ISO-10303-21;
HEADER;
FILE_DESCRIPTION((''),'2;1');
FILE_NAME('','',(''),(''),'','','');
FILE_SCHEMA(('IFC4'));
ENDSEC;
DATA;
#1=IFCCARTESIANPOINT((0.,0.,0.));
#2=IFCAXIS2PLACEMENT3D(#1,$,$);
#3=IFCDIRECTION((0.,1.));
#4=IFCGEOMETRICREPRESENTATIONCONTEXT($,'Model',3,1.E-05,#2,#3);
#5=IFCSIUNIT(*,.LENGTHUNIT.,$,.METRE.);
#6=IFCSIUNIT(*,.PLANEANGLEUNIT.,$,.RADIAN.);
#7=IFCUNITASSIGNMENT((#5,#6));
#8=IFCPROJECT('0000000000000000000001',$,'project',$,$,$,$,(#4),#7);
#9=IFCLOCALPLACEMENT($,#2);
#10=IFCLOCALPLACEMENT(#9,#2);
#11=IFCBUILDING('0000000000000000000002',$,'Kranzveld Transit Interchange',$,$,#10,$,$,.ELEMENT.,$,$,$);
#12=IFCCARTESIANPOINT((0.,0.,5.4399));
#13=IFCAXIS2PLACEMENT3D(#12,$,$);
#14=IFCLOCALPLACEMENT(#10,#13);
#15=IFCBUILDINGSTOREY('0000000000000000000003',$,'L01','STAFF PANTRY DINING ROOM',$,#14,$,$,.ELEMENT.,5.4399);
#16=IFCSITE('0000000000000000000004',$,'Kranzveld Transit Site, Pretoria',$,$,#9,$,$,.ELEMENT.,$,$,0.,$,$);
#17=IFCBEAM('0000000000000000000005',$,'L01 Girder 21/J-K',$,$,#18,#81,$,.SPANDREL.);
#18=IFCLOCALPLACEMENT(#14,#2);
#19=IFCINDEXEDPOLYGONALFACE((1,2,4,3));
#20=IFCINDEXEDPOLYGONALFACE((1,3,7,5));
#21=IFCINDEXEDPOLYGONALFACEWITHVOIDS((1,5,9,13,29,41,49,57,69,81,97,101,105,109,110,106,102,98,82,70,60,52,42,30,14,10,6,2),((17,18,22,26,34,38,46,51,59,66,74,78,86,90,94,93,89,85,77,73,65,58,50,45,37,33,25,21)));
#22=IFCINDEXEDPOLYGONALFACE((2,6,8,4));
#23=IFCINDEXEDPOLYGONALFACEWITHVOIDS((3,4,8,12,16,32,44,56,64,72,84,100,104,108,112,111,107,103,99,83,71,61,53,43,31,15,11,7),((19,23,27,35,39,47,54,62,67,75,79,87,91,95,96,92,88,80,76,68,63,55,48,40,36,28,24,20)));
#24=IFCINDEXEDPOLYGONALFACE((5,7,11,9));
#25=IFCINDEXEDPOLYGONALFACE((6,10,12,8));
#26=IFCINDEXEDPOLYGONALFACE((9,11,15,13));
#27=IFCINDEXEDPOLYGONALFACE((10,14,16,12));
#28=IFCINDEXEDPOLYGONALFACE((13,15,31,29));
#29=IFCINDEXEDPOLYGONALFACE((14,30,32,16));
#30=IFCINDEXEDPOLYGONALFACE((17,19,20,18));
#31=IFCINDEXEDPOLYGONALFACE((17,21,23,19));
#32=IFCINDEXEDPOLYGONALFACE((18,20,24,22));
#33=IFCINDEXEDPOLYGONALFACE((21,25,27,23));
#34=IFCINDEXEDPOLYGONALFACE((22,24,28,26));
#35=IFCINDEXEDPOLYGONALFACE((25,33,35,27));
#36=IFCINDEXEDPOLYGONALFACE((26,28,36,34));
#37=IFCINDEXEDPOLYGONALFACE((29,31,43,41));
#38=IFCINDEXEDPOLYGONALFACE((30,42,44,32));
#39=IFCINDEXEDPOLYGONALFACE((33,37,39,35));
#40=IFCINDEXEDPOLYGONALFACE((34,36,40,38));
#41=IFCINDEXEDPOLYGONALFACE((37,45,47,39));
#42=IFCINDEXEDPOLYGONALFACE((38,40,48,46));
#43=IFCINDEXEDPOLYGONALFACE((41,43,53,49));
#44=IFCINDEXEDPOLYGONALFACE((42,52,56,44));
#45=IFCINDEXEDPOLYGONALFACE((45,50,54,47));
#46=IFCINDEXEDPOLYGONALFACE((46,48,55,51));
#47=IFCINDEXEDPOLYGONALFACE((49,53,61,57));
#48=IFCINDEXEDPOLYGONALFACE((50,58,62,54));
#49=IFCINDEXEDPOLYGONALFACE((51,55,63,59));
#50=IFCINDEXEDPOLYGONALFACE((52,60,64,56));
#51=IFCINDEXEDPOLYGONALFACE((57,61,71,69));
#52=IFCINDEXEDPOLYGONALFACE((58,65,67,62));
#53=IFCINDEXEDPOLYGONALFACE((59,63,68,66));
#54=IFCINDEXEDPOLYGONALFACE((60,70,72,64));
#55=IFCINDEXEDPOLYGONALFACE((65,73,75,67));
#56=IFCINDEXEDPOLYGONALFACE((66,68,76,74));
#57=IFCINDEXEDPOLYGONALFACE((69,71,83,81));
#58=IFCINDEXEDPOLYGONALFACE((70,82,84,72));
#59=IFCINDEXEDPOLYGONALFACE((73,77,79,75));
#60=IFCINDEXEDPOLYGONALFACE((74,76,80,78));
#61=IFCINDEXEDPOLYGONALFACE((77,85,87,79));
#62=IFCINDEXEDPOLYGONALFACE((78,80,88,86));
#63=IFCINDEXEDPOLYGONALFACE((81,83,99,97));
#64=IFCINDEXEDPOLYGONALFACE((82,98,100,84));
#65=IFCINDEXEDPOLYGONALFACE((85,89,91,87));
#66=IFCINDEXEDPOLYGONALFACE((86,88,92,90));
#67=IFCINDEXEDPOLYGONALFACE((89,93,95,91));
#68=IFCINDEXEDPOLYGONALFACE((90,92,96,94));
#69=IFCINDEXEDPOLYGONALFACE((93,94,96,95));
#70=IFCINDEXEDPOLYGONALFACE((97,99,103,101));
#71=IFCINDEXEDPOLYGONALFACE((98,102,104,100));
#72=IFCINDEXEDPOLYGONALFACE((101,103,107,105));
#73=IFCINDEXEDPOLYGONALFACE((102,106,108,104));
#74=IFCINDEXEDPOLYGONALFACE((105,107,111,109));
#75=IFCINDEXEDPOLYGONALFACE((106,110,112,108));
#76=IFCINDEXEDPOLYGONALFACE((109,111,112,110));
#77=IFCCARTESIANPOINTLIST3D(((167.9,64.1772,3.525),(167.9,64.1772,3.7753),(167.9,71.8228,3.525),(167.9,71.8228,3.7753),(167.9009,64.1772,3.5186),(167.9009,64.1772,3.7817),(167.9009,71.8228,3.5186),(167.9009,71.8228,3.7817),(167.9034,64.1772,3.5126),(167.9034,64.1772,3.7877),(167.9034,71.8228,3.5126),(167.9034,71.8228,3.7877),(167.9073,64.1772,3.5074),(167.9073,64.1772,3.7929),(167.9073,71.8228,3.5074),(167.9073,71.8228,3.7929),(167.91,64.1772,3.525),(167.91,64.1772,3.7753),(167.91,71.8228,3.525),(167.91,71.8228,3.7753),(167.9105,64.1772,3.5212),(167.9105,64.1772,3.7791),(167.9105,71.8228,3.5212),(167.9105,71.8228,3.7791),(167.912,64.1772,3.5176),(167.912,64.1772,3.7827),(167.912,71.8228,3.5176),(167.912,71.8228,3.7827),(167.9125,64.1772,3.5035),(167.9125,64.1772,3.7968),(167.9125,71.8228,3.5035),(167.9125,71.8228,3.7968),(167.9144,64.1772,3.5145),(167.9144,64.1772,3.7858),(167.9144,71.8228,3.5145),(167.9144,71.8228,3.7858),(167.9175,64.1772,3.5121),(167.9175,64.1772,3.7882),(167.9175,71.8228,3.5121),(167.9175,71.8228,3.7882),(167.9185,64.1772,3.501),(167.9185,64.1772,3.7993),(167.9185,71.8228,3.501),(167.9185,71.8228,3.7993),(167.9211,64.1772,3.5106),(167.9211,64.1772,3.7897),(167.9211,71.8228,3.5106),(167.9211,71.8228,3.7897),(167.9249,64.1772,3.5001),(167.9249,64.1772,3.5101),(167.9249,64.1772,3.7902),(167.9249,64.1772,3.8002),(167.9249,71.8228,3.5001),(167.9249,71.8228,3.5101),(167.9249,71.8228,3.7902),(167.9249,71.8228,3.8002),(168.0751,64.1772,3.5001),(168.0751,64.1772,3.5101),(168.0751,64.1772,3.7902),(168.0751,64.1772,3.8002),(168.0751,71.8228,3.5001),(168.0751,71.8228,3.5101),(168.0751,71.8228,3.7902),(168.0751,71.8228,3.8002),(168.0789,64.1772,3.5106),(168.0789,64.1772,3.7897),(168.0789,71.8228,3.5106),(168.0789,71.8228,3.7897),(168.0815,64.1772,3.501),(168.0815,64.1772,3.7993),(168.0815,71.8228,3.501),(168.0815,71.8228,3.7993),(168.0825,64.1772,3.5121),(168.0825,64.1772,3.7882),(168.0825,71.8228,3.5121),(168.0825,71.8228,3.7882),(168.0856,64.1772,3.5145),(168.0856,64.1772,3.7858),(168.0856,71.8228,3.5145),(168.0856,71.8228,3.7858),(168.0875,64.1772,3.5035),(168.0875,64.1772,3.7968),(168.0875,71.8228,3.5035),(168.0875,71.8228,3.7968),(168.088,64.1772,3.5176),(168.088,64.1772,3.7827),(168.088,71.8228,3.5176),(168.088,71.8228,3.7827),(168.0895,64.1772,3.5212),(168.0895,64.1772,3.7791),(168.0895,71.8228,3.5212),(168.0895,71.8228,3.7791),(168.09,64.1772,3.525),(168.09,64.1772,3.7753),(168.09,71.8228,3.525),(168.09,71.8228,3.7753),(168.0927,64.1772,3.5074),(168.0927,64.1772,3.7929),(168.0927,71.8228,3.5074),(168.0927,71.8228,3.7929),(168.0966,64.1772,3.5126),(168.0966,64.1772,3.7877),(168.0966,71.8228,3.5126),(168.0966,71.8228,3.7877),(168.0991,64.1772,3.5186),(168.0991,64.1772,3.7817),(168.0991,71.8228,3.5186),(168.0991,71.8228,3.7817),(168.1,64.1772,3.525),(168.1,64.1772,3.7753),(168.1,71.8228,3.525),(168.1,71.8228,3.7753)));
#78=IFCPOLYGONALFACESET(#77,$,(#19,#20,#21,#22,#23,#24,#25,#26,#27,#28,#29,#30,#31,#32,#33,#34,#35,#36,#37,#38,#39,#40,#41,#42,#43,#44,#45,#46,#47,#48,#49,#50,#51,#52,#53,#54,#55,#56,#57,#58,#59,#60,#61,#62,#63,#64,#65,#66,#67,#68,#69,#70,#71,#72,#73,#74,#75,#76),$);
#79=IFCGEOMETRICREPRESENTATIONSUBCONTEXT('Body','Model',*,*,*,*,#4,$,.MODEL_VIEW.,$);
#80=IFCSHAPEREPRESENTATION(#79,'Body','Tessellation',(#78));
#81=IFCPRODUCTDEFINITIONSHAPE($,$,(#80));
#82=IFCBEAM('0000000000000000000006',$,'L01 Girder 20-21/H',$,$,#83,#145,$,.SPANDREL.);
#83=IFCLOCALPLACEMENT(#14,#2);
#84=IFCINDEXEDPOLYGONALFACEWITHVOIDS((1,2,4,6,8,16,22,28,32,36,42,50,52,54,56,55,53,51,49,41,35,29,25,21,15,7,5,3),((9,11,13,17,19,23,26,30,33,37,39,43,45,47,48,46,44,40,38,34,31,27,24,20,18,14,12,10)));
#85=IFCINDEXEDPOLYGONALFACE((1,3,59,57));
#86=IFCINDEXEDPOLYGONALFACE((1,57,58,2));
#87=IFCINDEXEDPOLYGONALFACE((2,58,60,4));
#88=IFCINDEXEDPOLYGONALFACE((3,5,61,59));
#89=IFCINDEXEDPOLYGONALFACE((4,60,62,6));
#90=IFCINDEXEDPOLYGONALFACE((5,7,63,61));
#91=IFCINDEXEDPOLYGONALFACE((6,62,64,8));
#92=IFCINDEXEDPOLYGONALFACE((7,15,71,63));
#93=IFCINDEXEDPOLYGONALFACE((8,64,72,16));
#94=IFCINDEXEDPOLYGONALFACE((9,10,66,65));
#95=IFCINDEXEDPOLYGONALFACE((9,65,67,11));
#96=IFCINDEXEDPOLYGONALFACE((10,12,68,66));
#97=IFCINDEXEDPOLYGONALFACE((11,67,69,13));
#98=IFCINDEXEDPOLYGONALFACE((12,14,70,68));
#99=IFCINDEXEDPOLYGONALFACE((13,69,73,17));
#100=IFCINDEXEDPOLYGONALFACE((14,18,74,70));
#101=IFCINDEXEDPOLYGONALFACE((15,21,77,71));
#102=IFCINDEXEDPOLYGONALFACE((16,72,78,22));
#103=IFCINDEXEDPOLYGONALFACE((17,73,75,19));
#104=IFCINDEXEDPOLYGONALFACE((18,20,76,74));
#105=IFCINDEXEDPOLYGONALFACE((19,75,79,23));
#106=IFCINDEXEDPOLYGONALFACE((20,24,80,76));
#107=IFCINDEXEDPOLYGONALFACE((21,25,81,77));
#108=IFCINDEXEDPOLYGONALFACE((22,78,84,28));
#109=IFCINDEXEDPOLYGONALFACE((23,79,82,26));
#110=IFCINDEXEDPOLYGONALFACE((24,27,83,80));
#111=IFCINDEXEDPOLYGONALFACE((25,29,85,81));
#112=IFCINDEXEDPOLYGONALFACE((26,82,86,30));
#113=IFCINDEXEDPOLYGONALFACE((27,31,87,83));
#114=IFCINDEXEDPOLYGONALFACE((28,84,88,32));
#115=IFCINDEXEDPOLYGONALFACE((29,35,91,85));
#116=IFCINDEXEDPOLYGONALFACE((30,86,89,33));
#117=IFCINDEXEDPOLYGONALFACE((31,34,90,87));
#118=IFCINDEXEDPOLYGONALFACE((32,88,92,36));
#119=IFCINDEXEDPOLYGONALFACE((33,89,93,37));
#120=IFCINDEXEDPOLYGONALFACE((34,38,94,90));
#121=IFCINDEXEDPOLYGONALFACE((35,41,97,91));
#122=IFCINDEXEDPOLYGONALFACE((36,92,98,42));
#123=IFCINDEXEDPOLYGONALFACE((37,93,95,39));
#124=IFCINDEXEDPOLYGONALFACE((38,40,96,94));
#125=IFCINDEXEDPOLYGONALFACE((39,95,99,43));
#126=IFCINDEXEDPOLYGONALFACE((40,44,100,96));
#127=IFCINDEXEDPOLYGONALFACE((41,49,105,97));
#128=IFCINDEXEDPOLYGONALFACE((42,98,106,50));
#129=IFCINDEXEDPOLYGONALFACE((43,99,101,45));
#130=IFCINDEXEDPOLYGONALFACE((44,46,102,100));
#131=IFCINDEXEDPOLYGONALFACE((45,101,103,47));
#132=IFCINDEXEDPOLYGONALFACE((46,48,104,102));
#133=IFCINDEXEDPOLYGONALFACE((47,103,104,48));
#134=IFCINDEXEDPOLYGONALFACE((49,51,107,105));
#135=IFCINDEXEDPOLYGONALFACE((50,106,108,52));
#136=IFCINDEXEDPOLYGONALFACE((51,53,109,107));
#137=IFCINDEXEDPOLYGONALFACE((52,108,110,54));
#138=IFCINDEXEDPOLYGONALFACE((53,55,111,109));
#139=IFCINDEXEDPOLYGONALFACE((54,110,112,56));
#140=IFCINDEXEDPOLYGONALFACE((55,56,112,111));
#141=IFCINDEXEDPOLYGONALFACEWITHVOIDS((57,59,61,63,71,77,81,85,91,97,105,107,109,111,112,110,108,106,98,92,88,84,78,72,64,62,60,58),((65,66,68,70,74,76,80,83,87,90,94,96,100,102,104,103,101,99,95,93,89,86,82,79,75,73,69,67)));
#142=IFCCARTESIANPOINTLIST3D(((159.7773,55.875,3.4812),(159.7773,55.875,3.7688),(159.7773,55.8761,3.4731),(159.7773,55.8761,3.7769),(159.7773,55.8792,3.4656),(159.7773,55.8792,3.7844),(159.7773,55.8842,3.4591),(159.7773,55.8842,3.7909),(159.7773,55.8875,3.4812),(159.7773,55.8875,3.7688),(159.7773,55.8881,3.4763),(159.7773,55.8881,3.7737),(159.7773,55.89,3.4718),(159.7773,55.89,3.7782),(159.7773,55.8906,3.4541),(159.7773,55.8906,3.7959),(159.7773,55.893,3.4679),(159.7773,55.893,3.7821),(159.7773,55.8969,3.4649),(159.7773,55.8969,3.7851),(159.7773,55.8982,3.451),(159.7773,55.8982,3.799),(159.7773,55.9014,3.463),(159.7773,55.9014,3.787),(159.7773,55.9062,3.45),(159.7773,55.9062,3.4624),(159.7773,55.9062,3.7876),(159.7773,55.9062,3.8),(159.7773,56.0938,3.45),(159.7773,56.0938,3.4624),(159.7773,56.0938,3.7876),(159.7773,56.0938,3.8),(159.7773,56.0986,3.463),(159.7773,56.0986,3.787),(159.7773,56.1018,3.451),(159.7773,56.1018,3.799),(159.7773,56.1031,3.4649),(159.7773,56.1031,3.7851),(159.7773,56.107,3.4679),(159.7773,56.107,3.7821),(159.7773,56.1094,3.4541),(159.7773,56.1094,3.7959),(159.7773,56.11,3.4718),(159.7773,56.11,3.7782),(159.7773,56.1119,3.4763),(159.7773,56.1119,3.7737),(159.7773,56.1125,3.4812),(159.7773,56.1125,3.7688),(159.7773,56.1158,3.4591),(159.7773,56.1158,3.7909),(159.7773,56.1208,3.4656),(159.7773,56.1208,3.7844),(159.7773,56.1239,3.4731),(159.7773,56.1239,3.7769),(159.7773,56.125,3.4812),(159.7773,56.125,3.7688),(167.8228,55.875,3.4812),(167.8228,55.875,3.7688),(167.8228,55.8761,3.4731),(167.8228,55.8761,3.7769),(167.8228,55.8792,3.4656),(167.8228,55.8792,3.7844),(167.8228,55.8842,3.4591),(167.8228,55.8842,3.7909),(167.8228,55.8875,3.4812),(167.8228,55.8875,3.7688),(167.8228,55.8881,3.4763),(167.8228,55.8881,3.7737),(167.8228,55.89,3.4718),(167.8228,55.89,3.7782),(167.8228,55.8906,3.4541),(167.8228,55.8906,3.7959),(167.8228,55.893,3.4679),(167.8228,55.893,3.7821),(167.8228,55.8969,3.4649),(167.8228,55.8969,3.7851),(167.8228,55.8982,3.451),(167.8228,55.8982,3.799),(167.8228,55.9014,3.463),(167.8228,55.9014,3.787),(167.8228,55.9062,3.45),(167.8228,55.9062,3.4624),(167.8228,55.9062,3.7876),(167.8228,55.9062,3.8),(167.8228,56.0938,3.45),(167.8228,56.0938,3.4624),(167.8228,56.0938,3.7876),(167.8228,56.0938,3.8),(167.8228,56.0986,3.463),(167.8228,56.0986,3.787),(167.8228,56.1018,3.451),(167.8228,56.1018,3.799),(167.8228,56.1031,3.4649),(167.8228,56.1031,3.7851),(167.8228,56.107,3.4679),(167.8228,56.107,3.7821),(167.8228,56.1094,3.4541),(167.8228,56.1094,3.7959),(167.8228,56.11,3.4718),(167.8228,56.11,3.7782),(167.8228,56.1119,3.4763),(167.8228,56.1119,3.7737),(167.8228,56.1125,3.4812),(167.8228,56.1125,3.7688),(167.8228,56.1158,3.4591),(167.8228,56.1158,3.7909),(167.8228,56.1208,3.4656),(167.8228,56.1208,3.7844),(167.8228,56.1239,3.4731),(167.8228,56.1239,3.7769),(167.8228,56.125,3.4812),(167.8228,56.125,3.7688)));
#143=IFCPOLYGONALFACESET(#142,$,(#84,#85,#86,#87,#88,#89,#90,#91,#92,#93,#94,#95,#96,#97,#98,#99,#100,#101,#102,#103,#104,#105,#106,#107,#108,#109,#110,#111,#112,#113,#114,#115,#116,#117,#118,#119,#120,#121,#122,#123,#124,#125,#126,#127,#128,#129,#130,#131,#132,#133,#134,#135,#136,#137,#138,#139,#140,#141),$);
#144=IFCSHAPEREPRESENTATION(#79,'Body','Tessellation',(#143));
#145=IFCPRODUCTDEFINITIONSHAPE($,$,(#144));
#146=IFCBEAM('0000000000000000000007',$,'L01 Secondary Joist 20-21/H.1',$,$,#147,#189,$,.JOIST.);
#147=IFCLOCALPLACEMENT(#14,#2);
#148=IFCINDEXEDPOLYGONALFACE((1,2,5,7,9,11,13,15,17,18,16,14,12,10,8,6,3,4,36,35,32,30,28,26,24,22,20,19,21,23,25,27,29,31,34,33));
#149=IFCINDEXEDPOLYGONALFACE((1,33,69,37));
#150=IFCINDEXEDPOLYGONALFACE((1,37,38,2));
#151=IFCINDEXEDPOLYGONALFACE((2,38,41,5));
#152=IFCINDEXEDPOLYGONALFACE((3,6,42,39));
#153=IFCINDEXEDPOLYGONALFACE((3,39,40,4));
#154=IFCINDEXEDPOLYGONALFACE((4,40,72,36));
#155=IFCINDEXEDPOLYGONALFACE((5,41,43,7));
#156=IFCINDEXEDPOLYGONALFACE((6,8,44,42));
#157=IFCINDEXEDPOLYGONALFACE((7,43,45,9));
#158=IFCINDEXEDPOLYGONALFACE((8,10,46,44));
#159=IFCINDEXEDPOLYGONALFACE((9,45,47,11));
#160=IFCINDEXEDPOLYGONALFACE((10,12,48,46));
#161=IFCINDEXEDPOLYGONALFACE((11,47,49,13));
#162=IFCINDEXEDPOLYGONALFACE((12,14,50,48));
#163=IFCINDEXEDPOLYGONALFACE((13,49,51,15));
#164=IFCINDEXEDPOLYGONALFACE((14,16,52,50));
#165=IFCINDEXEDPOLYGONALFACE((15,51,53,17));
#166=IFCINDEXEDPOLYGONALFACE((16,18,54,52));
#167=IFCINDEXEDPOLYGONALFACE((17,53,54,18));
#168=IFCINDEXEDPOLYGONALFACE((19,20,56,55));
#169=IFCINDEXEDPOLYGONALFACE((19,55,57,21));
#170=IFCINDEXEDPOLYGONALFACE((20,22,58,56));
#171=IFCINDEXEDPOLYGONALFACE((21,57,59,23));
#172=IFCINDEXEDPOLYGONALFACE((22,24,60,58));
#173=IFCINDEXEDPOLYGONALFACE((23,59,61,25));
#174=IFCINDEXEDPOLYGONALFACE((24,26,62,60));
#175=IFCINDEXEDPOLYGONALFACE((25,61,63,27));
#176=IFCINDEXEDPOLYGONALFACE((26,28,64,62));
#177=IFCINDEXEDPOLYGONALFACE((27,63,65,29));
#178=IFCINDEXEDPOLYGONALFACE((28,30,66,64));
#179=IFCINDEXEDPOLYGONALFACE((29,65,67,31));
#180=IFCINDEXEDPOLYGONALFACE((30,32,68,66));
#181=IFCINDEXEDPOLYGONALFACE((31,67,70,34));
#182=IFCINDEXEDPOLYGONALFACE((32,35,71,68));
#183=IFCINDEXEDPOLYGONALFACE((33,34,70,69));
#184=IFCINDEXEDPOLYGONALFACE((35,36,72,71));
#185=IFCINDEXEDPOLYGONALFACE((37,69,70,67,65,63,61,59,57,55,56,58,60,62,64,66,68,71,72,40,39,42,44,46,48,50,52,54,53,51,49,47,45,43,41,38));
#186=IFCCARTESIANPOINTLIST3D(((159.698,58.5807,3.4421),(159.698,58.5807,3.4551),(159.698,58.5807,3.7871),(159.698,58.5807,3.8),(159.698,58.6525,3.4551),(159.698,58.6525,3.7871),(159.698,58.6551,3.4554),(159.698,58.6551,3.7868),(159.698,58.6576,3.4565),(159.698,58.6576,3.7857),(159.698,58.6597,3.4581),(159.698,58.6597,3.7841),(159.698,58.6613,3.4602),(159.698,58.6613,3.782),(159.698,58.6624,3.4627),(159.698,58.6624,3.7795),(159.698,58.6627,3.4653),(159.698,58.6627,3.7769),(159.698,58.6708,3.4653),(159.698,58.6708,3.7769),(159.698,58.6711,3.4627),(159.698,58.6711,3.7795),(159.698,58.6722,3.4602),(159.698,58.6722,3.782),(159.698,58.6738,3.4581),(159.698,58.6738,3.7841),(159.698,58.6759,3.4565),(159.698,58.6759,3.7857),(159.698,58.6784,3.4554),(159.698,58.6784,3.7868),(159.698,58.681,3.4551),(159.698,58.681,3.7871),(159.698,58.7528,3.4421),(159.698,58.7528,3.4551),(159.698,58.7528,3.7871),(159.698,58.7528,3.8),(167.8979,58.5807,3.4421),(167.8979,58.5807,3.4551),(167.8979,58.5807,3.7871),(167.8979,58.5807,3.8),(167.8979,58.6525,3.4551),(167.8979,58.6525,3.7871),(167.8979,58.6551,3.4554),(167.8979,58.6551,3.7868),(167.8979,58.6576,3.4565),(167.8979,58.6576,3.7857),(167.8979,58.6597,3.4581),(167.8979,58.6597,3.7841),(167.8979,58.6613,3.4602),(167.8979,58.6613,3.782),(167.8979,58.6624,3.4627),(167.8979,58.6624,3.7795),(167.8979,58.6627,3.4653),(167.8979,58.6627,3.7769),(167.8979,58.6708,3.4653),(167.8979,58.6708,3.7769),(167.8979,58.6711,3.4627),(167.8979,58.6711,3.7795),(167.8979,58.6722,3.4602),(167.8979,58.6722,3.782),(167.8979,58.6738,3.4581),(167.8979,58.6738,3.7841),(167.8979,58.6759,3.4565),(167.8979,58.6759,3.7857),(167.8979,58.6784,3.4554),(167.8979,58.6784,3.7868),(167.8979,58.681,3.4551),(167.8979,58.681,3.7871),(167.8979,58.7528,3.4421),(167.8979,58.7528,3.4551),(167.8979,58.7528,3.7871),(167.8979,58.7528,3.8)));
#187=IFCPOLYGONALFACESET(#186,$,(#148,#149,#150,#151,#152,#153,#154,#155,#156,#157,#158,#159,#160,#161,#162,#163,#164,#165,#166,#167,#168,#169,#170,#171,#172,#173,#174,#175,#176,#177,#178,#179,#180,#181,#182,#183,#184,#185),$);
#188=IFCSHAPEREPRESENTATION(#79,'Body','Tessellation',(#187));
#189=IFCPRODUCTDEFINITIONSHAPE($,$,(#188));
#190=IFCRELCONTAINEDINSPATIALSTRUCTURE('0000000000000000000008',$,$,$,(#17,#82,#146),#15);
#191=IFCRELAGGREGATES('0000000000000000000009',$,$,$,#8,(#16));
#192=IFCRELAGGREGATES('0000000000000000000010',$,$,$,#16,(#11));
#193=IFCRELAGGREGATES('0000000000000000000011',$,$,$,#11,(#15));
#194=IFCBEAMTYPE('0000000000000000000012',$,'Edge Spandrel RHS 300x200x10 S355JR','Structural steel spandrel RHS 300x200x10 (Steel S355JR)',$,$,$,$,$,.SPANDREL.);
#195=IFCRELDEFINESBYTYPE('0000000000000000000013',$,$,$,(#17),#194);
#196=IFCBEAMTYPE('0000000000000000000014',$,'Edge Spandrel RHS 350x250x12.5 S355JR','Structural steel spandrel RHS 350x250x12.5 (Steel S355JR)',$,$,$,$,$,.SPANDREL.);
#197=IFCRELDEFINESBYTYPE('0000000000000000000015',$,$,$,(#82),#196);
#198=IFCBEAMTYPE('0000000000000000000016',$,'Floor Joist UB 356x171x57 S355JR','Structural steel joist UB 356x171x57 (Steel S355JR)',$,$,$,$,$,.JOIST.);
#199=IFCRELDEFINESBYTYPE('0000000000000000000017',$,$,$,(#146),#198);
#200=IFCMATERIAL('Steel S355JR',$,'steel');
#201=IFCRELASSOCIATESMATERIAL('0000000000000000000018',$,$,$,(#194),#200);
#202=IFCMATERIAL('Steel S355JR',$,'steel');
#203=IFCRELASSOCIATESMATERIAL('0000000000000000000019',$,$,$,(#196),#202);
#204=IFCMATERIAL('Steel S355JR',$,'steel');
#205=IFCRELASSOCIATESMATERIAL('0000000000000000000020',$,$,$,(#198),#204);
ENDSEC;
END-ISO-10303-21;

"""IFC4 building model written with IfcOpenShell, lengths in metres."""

from ifc_helpers import new_model, si_unit, direction, frame, origin, origin_2d, place, context, subcontext, project, spatial, hollow_rectangle, i_section, extrude, material, material_profile, profile_set, type_object, element, save


model = new_model("IFC4")

# Units and contexts
model_context = context("Model", 3, precision=1e-05, world=origin(), true_north=direction((0.0, 1.0)))
body_context = subcontext(model_context, "Body", "Model", "MODEL_VIEW")
ifc_project = project(units=[si_unit("LENGTHUNIT", "METRE"), si_unit("PLANEANGLEUNIT", "RADIAN")], contexts=[model_context])

# Site, building, storey
site_placement = place(None, origin())
site = spatial("IfcSite", under=ifc_project, at=site_placement, Name="Kranzveld Transit Site, Pretoria", CompositionType="ELEMENT", RefElevation=0.0)
building_placement = place(site_placement, origin())
building = spatial("IfcBuilding", under=site, at=building_placement, Name="Kranzveld Transit Interchange", CompositionType="ELEMENT")
storey_placement = place(building_placement, frame((0.0, 0.0, 5.4399)))
storey = spatial("IfcBuildingStorey", under=building, at=storey_placement, Name="L01", Description="STAFF PANTRY DINING ROOM", CompositionType="ELEMENT", Elevation=5.4399)

# Beams
ifc_material_1 = material(Name="Steel S355JR", Category="steel")
ifc_material_profile_1 = material_profile(ifc_material_1, hollow_rectangle(XDim=0.2, YDim=0.3, WallThickness=0.01, InnerFilletRadius=0.0149, OuterFilletRadius=0.0249, at=origin_2d()), Name="RHS 300x200x10")
ifc_profile_set_1 = profile_set([ifc_material_profile_1], Name="Steel S355JR")
beam_type_1 = type_object("IfcBeamType", Name="Edge Spandrel RHS 300x200x10 S355JR", Description="Structural steel spandrel RHS 300x200x10 (Steel S355JR)", PredefinedType="SPANDREL", material=ifc_profile_set_1)
for number, where, z_axis, x_axis, name in (
    (1, (168.0, 64.1772, 3.6501), (0.0, 1.0, 0.0), (-1.0, 0.0, 0.0), "L01 Girder 21/J-K"),
):
    element("IfcBeam", number, at=place(storey_placement, frame(where, z_axis=z_axis, x_axis=x_axis)), inside=storey, type_object=beam_type_1, Name=name, PredefinedType="SPANDREL", context=body_context, shape_type="SweptSolid", body=[
        extrude(hollow_rectangle(XDim=0.2, YDim=0.3, WallThickness=0.01, InnerFilletRadius=0.0149, OuterFilletRadius=0.0249, at=origin_2d()), origin(), (0.0, 0.0, 1.0), 7.6455),
    ])
ifc_material_2 = material(Name="Steel S355JR", Category="steel")
ifc_material_profile_2 = material_profile(ifc_material_2, hollow_rectangle(XDim=0.25, YDim=0.3501, WallThickness=0.0125, InnerFilletRadius=0.0188, OuterFilletRadius=0.0312, at=origin_2d()), Name="RHS 350x250x12.5")
ifc_profile_set_2 = profile_set([ifc_material_profile_2], Name="Steel S355JR")
beam_type_2 = type_object("IfcBeamType", Name="Edge Spandrel RHS 350x250x12.5 S355JR", Description="Structural steel spandrel RHS 350x250x12.5 (Steel S355JR)", PredefinedType="SPANDREL", material=ifc_profile_set_2)
beam_1_placement = place(storey_placement, frame((159.7773, 56.0, 3.625), z_axis=(1.0, 0.0, 0.0), x_axis=(0.0, 1.0, 0.0)))
element("IfcBeam", 2, at=beam_1_placement, inside=storey, type_object=beam_type_2, Name="L01 Girder 20-21/H", PredefinedType="SPANDREL", context=body_context, shape_type="SweptSolid", body=[
    extrude(hollow_rectangle(XDim=0.25, YDim=0.3501, WallThickness=0.0125, InnerFilletRadius=0.0188, OuterFilletRadius=0.0312, at=origin_2d()), origin(), (0.0, 0.0, 1.0), 8.0454),
])
ifc_material_3 = material(Name="Steel S355JR", Category="steel")
ifc_material_profile_3 = material_profile(ifc_material_3, i_section(OverallWidth=0.1721, OverallDepth=0.3579, WebThickness=0.0081, FlangeThickness=0.0129, FilletRadius=0.0103, at=origin_2d()), Name="UB 356x171x57")
ifc_profile_set_3 = profile_set([ifc_material_profile_3], Name="Steel S355JR")
beam_type_3 = type_object("IfcBeamType", Name="Floor Joist UB 356x171x57 S355JR", Description="Structural steel joist UB 356x171x57 (Steel S355JR)", PredefinedType="JOIST", material=ifc_profile_set_3)
for number, where, z_axis, x_axis, name in (
    (3, (159.698, 58.6667, 3.6211), (1.0, 0.0, 0.0), (0.0, 1.0, 0.0), "L01 Secondary Joist 20-21/H.1"),
):
    element("IfcBeam", number, at=place(storey_placement, frame(where, z_axis=z_axis, x_axis=x_axis)), inside=storey, type_object=beam_type_3, Name=name, PredefinedType="JOIST", context=body_context, shape_type="SweptSolid", body=[
        extrude(i_section(OverallWidth=0.1721, OverallDepth=0.3579, WebThickness=0.0081, FlangeThickness=0.0129, FilletRadius=0.0103, at=origin_2d()), origin(), (0.0, 0.0, 1.0), 8.2),
    ])

save(model, "model.ifc")
